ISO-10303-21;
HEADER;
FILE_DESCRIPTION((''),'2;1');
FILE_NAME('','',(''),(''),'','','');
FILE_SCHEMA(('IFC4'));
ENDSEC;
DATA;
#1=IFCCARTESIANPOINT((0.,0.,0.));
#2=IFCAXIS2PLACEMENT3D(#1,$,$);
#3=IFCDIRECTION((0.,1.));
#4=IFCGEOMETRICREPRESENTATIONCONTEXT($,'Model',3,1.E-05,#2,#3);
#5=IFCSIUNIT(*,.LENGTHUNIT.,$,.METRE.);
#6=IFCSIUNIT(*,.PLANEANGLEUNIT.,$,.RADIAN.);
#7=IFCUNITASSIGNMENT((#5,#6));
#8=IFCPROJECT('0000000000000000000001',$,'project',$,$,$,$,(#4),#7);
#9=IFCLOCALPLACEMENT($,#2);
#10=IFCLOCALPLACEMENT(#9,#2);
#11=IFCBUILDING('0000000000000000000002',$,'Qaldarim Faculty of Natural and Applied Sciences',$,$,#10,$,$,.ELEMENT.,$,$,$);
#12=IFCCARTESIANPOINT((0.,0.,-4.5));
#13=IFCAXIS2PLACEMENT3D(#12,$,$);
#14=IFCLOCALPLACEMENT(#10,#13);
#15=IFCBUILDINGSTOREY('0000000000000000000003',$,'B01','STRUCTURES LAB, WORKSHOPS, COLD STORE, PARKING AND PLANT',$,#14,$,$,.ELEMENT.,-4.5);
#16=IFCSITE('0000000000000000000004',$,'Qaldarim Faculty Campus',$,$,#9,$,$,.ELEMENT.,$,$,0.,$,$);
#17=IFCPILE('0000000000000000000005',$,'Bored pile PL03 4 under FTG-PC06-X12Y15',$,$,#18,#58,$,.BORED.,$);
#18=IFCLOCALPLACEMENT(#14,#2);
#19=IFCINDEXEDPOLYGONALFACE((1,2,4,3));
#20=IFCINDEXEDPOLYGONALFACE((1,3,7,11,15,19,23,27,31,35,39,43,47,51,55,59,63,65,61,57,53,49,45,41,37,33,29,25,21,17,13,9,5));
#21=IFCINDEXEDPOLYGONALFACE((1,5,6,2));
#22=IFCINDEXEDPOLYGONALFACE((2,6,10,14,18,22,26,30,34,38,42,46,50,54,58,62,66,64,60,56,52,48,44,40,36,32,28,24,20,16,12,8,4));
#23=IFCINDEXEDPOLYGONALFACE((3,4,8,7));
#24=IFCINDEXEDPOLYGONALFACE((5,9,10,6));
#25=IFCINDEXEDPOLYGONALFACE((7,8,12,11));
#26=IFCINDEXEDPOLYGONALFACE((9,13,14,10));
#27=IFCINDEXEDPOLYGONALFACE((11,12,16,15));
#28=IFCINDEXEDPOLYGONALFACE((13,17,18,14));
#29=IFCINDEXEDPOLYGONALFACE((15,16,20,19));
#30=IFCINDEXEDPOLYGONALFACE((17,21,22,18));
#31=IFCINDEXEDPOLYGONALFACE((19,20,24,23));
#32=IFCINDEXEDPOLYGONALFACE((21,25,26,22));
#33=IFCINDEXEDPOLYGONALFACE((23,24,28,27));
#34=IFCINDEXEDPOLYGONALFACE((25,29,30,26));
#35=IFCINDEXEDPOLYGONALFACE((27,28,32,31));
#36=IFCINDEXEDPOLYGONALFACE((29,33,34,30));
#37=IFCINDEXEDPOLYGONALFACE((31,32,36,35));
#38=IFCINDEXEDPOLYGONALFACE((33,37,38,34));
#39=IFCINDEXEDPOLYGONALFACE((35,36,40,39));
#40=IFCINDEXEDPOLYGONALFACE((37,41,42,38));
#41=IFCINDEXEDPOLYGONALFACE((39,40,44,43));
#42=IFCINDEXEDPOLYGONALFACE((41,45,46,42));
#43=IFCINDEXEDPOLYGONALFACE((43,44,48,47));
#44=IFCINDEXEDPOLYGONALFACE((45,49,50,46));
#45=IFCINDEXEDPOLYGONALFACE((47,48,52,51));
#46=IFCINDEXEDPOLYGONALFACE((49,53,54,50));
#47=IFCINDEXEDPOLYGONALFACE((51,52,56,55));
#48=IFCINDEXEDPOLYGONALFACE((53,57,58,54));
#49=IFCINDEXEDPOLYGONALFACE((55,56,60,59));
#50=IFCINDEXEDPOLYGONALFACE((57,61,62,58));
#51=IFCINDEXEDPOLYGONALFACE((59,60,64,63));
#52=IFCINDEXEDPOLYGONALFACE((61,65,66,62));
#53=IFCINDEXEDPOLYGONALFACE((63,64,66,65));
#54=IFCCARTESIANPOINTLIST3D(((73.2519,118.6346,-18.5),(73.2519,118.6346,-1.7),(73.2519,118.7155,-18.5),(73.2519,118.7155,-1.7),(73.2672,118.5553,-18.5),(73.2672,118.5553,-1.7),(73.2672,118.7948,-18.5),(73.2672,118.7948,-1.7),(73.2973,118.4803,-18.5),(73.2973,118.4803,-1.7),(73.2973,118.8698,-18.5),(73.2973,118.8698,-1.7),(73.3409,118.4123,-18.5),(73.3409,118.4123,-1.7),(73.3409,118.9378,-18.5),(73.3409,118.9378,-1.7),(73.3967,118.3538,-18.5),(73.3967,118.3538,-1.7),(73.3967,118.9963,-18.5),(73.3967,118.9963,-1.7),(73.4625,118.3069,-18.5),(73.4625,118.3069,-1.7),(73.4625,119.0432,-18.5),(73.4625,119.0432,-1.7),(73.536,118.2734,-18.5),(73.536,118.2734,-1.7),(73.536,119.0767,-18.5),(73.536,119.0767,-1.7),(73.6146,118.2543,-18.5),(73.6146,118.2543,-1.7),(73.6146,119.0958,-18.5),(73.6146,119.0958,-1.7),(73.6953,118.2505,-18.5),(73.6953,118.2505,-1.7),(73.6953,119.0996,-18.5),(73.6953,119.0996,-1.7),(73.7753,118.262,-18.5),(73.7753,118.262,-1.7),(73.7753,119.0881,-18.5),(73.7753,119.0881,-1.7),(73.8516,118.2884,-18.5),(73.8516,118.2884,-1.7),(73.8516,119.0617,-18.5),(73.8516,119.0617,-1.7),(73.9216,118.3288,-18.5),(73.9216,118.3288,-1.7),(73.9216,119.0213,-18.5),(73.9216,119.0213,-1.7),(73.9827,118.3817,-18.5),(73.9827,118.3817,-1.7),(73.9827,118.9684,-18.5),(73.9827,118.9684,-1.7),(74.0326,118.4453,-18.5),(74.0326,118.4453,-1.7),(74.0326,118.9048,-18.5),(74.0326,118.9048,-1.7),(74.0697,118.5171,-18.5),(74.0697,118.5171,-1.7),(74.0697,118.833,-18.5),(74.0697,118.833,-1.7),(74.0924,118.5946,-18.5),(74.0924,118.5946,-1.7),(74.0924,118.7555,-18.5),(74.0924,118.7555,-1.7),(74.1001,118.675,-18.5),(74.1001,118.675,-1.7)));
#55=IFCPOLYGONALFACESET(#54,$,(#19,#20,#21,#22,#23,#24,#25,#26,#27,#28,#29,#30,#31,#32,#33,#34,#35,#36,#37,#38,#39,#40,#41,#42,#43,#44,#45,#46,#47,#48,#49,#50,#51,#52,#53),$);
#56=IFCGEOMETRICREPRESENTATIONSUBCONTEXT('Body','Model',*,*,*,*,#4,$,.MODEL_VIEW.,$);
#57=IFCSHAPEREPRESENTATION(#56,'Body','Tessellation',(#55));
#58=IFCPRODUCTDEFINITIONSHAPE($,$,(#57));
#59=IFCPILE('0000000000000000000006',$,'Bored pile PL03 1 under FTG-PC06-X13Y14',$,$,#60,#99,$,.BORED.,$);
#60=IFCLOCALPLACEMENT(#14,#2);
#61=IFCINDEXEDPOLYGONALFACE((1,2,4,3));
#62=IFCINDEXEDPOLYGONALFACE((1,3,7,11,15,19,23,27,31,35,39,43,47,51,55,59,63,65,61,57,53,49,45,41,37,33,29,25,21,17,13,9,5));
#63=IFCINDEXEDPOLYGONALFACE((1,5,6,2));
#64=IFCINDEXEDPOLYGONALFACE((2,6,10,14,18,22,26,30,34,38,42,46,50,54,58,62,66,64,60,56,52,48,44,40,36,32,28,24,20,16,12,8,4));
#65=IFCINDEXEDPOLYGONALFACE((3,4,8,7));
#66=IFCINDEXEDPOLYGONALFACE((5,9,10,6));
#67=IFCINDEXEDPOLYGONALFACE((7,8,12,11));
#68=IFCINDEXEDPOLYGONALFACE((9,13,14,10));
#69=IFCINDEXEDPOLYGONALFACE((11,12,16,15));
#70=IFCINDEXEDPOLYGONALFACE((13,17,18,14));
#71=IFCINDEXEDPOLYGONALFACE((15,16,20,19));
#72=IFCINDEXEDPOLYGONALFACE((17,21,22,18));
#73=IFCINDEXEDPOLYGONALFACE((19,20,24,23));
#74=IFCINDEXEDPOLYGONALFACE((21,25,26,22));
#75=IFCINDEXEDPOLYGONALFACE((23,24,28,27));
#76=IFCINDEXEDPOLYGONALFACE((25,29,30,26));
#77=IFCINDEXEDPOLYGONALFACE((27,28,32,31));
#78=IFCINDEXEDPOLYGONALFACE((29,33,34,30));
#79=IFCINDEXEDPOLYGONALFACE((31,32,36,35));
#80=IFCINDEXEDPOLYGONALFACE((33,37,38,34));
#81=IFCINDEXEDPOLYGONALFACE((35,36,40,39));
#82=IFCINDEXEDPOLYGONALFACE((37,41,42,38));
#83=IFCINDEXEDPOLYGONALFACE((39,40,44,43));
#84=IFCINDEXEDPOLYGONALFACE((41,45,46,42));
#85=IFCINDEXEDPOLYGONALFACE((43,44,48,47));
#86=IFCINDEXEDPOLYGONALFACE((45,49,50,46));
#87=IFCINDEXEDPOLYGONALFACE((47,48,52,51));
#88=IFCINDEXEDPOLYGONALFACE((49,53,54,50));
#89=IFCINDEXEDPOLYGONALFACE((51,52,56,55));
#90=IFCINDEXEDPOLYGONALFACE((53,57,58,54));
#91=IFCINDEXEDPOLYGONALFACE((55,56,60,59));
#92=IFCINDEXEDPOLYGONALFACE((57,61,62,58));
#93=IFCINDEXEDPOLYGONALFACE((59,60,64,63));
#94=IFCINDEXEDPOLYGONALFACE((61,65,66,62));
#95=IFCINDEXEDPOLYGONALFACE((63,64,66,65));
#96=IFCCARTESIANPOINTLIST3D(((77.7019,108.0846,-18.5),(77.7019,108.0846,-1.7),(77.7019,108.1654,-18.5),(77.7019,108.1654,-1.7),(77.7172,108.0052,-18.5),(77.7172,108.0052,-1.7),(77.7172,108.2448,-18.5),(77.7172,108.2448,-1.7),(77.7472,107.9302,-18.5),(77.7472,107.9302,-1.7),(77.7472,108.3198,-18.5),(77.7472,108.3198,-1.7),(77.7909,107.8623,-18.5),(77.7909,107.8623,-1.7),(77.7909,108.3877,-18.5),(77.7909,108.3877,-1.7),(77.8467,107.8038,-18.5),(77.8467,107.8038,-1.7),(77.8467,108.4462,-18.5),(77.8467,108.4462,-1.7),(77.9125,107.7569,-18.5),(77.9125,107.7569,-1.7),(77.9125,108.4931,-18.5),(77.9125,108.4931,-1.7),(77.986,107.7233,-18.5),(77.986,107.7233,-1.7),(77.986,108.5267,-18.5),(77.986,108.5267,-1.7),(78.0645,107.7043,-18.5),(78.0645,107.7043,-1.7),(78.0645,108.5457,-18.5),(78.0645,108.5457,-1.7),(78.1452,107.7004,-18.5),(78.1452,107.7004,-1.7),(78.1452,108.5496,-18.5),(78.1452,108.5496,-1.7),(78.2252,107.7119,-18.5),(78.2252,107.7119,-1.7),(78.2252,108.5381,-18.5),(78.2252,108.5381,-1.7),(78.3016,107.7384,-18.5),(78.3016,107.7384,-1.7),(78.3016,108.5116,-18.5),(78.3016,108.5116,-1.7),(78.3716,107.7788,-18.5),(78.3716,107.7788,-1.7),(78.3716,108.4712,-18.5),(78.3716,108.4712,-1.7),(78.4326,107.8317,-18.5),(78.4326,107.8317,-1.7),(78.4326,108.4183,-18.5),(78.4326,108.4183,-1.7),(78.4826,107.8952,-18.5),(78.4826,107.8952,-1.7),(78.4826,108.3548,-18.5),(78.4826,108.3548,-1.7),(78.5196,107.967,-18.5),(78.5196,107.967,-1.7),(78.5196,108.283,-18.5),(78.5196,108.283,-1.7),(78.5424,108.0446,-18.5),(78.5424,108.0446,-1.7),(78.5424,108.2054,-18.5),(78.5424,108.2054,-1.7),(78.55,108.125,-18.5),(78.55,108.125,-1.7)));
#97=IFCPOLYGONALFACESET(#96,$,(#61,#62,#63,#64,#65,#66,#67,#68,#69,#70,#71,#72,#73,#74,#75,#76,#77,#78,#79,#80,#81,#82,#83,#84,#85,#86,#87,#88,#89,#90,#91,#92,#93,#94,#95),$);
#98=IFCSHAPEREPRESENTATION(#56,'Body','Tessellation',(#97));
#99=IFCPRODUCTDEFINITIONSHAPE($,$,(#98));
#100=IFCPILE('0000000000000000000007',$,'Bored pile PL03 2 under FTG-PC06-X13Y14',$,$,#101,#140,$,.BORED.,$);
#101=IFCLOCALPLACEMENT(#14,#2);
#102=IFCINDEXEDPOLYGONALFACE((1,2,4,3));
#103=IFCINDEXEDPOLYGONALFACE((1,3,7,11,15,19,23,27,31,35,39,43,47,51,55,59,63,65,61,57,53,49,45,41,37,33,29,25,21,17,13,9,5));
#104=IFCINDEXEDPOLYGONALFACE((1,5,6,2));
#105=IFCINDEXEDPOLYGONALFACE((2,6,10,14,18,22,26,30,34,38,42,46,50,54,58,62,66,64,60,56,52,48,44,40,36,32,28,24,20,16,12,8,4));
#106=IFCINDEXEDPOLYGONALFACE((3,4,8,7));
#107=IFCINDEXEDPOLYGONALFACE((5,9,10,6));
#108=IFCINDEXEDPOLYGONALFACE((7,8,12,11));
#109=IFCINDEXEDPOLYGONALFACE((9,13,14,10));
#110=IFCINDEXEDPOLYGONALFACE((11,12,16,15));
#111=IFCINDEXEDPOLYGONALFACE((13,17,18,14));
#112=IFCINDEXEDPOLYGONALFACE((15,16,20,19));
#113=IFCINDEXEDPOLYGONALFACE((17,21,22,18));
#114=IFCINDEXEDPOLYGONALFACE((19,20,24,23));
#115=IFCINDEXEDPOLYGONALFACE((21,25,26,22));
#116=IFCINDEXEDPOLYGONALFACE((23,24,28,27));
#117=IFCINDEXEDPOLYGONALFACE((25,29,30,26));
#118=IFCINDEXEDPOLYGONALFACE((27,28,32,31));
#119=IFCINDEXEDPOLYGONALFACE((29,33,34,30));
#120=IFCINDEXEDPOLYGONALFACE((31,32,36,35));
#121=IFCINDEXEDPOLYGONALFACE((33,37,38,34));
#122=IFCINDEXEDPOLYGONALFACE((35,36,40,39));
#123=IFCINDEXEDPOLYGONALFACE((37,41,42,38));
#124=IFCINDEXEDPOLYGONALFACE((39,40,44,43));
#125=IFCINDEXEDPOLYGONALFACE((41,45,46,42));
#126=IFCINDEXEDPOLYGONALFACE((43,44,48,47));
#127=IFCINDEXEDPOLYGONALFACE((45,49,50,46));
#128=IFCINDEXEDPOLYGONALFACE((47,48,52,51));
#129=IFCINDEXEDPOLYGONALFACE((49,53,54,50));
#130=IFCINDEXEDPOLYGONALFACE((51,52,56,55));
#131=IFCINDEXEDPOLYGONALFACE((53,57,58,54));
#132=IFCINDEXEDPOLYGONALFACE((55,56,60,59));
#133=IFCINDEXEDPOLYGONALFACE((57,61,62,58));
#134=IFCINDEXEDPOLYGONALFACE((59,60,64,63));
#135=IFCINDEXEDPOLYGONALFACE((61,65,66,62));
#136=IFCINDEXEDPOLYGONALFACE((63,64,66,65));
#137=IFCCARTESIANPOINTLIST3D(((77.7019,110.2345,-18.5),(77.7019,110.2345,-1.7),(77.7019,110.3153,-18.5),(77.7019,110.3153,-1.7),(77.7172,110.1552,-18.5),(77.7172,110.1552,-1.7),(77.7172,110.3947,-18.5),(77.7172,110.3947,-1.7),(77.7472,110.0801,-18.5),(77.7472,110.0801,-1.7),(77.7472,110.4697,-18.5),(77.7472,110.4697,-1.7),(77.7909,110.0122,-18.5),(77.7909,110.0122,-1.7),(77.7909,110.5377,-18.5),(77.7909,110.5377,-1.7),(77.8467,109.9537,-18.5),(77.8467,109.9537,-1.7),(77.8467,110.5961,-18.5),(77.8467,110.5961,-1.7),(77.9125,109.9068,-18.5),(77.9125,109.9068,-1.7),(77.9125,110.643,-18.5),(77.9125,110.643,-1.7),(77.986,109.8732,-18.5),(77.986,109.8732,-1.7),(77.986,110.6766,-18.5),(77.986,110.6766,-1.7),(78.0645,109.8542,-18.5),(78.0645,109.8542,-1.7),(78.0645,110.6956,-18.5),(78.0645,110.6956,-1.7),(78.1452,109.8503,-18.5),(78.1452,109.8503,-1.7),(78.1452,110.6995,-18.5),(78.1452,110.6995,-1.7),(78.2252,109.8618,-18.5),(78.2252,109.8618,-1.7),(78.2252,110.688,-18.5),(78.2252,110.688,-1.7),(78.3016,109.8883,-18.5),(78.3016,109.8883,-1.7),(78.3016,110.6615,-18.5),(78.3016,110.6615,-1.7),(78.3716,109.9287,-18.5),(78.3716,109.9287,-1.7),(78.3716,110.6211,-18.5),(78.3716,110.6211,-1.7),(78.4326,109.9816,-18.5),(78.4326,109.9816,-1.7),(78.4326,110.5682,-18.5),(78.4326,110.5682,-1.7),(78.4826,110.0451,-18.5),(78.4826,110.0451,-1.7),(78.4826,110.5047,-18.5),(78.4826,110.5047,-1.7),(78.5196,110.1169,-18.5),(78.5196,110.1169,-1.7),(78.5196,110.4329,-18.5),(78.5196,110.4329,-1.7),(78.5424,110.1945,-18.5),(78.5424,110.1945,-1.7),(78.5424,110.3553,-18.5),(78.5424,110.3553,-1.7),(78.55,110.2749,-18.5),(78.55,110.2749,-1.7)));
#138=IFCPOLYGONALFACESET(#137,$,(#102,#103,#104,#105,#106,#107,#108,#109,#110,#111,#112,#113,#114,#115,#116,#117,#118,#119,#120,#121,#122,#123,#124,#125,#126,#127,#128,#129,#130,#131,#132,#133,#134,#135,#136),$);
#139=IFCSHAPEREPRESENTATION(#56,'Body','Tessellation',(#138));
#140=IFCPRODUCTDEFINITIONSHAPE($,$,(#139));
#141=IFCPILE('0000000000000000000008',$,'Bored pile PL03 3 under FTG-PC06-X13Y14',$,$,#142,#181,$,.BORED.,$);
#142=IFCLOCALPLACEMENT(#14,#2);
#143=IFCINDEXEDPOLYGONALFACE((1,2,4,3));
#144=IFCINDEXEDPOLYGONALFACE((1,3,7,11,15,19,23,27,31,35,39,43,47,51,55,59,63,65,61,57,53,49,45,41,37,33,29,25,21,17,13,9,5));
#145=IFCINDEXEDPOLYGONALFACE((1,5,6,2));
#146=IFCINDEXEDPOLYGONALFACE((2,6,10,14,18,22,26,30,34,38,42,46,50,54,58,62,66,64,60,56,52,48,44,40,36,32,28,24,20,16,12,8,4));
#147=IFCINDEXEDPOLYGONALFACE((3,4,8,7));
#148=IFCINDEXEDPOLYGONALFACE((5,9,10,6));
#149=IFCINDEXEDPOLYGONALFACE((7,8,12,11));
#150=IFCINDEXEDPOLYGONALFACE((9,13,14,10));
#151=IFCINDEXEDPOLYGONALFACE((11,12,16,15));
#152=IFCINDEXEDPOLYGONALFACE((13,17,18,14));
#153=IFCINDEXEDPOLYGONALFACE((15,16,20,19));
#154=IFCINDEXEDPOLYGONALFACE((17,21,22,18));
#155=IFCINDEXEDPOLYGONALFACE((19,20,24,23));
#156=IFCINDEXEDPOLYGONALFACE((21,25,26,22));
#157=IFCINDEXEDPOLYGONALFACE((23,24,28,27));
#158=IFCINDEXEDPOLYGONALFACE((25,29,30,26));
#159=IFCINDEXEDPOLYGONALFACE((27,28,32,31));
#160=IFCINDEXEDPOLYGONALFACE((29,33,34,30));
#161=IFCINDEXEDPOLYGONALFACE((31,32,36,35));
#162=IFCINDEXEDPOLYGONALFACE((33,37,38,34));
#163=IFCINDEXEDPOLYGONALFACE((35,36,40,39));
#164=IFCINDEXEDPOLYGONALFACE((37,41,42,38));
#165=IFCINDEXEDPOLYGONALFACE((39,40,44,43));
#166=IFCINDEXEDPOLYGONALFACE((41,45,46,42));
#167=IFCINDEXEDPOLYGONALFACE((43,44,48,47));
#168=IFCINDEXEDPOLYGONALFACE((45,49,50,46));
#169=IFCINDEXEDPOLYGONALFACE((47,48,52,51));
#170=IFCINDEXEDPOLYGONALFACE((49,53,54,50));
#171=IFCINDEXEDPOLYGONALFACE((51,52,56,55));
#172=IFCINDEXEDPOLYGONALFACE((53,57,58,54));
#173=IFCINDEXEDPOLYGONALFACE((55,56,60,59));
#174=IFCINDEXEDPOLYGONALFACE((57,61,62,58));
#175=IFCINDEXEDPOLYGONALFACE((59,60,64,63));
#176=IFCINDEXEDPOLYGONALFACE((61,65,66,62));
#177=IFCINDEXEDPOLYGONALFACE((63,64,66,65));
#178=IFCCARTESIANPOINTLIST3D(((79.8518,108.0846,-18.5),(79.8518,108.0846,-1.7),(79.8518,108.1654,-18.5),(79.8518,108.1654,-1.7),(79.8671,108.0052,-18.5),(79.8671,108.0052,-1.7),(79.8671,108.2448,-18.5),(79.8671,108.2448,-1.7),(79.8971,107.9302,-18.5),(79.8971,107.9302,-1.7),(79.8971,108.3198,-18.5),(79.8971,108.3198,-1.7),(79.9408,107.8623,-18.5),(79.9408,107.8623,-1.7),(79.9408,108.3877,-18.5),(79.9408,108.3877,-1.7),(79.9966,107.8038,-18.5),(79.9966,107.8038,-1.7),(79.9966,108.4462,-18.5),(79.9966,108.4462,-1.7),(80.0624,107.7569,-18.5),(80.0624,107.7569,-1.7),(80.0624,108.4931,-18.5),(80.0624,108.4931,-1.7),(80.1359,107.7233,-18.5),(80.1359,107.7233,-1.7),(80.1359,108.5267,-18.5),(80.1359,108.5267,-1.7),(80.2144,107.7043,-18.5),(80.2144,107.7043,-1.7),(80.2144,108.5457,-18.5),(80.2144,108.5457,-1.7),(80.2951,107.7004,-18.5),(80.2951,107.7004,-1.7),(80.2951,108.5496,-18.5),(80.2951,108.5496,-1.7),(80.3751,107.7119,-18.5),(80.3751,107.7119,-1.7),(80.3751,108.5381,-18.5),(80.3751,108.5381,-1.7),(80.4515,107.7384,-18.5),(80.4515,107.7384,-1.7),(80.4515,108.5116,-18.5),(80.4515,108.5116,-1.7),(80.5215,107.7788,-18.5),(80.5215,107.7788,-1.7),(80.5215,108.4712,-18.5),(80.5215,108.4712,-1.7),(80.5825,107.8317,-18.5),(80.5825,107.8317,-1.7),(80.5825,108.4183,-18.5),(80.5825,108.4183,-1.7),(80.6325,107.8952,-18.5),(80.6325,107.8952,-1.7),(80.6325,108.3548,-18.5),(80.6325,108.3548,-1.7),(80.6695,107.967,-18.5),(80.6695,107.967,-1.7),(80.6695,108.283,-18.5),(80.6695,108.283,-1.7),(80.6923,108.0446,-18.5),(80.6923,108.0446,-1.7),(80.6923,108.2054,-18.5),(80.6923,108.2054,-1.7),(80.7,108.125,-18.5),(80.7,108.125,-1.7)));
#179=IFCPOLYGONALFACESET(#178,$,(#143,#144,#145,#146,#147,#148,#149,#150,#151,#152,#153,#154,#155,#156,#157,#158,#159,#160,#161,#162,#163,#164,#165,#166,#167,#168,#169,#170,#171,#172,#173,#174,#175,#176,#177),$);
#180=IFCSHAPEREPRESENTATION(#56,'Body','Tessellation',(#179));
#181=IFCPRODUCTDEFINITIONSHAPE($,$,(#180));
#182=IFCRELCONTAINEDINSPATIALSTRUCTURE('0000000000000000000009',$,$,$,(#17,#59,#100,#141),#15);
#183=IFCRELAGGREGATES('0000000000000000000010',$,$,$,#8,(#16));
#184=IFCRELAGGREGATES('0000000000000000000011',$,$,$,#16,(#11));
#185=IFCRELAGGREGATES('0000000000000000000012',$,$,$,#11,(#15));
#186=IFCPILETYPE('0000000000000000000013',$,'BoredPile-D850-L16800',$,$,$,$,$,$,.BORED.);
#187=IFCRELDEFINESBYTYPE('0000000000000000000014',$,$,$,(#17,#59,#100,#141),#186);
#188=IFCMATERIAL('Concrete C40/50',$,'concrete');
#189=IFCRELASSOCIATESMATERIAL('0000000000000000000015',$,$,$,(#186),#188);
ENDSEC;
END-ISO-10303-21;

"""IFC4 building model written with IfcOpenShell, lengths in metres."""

from ifc_helpers import new_model, si_unit, direction, frame, origin, origin_2d, place, context, subcontext, project, spatial, circle, extrude, material, material_profile, profile_set, type_object, element, save


model = new_model("IFC4")

# Units and contexts
model_context = context("Model", 3, precision=1e-05, world=origin(), true_north=direction((0.0, 1.0)))
body_context = subcontext(model_context, "Body", "Model", "MODEL_VIEW")
ifc_project = project(units=[si_unit("LENGTHUNIT", "METRE"), si_unit("PLANEANGLEUNIT", "RADIAN")], contexts=[model_context])

# Site, building, storey
site_placement = place(None, origin())
site = spatial("IfcSite", under=ifc_project, at=site_placement, Name="Qaldarim Faculty Campus", CompositionType="ELEMENT", RefElevation=0.0)
building_placement = place(site_placement, origin())
building = spatial("IfcBuilding", under=site, at=building_placement, Name="Qaldarim Faculty of Natural and Applied Sciences", CompositionType="ELEMENT")
storey_placement = place(building_placement, frame((0.0, 0.0, -4.5)))
storey = spatial("IfcBuildingStorey", under=building, at=storey_placement, Name="B01", Description="STRUCTURES LAB, WORKSHOPS, COLD STORE, PARKING AND PLANT", CompositionType="ELEMENT", Elevation=-4.5)

# Piles
ifc_material_1 = material(Name="Concrete C40/50", Category="concrete")
ifc_material_profile_1 = material_profile(ifc_material_1, circle(Radius=0.425, at=origin_2d()), Name="PILE-D850")
ifc_profile_set_1 = profile_set([ifc_material_profile_1], Name="Concrete C40/50")
pile_type_1 = type_object("IfcPileType", Name="BoredPile-D850-L16800", PredefinedType="BORED", material=ifc_profile_set_1)
for number, where, z_axis, x_axis, name in (
    (1, (73.675, 118.675, -1.7), (0.0, 0.0, -1.0), (1.0, 0.0, 0.0), "Bored pile PL03 4 under FTG-PC06-X12Y15"),
    (2, (78.125, 108.125, -1.7), (0.0, 0.0, -1.0), (1.0, 0.0, 0.0), "Bored pile PL03 1 under FTG-PC06-X13Y14"),
    (3, (78.125, 110.2749, -1.7), (0.0, 0.0, -1.0), (1.0, 0.0, 0.0), "Bored pile PL03 2 under FTG-PC06-X13Y14"),
    (4, (80.2749, 108.125, -1.7), (0.0, 0.0, -1.0), (1.0, 0.0, 0.0), "Bored pile PL03 3 under FTG-PC06-X13Y14"),
):
    element("IfcPile", number, at=place(storey_placement, frame(where, z_axis=z_axis, x_axis=x_axis)), inside=storey, type_object=pile_type_1, Name=name, PredefinedType="BORED", context=body_context, shape_type="SweptSolid", body=[
        extrude(circle(Radius=0.425, at=origin_2d()), origin(), (0.0, 0.0, 1.0), 16.8),
    ])

save(model, "model.ifc")
